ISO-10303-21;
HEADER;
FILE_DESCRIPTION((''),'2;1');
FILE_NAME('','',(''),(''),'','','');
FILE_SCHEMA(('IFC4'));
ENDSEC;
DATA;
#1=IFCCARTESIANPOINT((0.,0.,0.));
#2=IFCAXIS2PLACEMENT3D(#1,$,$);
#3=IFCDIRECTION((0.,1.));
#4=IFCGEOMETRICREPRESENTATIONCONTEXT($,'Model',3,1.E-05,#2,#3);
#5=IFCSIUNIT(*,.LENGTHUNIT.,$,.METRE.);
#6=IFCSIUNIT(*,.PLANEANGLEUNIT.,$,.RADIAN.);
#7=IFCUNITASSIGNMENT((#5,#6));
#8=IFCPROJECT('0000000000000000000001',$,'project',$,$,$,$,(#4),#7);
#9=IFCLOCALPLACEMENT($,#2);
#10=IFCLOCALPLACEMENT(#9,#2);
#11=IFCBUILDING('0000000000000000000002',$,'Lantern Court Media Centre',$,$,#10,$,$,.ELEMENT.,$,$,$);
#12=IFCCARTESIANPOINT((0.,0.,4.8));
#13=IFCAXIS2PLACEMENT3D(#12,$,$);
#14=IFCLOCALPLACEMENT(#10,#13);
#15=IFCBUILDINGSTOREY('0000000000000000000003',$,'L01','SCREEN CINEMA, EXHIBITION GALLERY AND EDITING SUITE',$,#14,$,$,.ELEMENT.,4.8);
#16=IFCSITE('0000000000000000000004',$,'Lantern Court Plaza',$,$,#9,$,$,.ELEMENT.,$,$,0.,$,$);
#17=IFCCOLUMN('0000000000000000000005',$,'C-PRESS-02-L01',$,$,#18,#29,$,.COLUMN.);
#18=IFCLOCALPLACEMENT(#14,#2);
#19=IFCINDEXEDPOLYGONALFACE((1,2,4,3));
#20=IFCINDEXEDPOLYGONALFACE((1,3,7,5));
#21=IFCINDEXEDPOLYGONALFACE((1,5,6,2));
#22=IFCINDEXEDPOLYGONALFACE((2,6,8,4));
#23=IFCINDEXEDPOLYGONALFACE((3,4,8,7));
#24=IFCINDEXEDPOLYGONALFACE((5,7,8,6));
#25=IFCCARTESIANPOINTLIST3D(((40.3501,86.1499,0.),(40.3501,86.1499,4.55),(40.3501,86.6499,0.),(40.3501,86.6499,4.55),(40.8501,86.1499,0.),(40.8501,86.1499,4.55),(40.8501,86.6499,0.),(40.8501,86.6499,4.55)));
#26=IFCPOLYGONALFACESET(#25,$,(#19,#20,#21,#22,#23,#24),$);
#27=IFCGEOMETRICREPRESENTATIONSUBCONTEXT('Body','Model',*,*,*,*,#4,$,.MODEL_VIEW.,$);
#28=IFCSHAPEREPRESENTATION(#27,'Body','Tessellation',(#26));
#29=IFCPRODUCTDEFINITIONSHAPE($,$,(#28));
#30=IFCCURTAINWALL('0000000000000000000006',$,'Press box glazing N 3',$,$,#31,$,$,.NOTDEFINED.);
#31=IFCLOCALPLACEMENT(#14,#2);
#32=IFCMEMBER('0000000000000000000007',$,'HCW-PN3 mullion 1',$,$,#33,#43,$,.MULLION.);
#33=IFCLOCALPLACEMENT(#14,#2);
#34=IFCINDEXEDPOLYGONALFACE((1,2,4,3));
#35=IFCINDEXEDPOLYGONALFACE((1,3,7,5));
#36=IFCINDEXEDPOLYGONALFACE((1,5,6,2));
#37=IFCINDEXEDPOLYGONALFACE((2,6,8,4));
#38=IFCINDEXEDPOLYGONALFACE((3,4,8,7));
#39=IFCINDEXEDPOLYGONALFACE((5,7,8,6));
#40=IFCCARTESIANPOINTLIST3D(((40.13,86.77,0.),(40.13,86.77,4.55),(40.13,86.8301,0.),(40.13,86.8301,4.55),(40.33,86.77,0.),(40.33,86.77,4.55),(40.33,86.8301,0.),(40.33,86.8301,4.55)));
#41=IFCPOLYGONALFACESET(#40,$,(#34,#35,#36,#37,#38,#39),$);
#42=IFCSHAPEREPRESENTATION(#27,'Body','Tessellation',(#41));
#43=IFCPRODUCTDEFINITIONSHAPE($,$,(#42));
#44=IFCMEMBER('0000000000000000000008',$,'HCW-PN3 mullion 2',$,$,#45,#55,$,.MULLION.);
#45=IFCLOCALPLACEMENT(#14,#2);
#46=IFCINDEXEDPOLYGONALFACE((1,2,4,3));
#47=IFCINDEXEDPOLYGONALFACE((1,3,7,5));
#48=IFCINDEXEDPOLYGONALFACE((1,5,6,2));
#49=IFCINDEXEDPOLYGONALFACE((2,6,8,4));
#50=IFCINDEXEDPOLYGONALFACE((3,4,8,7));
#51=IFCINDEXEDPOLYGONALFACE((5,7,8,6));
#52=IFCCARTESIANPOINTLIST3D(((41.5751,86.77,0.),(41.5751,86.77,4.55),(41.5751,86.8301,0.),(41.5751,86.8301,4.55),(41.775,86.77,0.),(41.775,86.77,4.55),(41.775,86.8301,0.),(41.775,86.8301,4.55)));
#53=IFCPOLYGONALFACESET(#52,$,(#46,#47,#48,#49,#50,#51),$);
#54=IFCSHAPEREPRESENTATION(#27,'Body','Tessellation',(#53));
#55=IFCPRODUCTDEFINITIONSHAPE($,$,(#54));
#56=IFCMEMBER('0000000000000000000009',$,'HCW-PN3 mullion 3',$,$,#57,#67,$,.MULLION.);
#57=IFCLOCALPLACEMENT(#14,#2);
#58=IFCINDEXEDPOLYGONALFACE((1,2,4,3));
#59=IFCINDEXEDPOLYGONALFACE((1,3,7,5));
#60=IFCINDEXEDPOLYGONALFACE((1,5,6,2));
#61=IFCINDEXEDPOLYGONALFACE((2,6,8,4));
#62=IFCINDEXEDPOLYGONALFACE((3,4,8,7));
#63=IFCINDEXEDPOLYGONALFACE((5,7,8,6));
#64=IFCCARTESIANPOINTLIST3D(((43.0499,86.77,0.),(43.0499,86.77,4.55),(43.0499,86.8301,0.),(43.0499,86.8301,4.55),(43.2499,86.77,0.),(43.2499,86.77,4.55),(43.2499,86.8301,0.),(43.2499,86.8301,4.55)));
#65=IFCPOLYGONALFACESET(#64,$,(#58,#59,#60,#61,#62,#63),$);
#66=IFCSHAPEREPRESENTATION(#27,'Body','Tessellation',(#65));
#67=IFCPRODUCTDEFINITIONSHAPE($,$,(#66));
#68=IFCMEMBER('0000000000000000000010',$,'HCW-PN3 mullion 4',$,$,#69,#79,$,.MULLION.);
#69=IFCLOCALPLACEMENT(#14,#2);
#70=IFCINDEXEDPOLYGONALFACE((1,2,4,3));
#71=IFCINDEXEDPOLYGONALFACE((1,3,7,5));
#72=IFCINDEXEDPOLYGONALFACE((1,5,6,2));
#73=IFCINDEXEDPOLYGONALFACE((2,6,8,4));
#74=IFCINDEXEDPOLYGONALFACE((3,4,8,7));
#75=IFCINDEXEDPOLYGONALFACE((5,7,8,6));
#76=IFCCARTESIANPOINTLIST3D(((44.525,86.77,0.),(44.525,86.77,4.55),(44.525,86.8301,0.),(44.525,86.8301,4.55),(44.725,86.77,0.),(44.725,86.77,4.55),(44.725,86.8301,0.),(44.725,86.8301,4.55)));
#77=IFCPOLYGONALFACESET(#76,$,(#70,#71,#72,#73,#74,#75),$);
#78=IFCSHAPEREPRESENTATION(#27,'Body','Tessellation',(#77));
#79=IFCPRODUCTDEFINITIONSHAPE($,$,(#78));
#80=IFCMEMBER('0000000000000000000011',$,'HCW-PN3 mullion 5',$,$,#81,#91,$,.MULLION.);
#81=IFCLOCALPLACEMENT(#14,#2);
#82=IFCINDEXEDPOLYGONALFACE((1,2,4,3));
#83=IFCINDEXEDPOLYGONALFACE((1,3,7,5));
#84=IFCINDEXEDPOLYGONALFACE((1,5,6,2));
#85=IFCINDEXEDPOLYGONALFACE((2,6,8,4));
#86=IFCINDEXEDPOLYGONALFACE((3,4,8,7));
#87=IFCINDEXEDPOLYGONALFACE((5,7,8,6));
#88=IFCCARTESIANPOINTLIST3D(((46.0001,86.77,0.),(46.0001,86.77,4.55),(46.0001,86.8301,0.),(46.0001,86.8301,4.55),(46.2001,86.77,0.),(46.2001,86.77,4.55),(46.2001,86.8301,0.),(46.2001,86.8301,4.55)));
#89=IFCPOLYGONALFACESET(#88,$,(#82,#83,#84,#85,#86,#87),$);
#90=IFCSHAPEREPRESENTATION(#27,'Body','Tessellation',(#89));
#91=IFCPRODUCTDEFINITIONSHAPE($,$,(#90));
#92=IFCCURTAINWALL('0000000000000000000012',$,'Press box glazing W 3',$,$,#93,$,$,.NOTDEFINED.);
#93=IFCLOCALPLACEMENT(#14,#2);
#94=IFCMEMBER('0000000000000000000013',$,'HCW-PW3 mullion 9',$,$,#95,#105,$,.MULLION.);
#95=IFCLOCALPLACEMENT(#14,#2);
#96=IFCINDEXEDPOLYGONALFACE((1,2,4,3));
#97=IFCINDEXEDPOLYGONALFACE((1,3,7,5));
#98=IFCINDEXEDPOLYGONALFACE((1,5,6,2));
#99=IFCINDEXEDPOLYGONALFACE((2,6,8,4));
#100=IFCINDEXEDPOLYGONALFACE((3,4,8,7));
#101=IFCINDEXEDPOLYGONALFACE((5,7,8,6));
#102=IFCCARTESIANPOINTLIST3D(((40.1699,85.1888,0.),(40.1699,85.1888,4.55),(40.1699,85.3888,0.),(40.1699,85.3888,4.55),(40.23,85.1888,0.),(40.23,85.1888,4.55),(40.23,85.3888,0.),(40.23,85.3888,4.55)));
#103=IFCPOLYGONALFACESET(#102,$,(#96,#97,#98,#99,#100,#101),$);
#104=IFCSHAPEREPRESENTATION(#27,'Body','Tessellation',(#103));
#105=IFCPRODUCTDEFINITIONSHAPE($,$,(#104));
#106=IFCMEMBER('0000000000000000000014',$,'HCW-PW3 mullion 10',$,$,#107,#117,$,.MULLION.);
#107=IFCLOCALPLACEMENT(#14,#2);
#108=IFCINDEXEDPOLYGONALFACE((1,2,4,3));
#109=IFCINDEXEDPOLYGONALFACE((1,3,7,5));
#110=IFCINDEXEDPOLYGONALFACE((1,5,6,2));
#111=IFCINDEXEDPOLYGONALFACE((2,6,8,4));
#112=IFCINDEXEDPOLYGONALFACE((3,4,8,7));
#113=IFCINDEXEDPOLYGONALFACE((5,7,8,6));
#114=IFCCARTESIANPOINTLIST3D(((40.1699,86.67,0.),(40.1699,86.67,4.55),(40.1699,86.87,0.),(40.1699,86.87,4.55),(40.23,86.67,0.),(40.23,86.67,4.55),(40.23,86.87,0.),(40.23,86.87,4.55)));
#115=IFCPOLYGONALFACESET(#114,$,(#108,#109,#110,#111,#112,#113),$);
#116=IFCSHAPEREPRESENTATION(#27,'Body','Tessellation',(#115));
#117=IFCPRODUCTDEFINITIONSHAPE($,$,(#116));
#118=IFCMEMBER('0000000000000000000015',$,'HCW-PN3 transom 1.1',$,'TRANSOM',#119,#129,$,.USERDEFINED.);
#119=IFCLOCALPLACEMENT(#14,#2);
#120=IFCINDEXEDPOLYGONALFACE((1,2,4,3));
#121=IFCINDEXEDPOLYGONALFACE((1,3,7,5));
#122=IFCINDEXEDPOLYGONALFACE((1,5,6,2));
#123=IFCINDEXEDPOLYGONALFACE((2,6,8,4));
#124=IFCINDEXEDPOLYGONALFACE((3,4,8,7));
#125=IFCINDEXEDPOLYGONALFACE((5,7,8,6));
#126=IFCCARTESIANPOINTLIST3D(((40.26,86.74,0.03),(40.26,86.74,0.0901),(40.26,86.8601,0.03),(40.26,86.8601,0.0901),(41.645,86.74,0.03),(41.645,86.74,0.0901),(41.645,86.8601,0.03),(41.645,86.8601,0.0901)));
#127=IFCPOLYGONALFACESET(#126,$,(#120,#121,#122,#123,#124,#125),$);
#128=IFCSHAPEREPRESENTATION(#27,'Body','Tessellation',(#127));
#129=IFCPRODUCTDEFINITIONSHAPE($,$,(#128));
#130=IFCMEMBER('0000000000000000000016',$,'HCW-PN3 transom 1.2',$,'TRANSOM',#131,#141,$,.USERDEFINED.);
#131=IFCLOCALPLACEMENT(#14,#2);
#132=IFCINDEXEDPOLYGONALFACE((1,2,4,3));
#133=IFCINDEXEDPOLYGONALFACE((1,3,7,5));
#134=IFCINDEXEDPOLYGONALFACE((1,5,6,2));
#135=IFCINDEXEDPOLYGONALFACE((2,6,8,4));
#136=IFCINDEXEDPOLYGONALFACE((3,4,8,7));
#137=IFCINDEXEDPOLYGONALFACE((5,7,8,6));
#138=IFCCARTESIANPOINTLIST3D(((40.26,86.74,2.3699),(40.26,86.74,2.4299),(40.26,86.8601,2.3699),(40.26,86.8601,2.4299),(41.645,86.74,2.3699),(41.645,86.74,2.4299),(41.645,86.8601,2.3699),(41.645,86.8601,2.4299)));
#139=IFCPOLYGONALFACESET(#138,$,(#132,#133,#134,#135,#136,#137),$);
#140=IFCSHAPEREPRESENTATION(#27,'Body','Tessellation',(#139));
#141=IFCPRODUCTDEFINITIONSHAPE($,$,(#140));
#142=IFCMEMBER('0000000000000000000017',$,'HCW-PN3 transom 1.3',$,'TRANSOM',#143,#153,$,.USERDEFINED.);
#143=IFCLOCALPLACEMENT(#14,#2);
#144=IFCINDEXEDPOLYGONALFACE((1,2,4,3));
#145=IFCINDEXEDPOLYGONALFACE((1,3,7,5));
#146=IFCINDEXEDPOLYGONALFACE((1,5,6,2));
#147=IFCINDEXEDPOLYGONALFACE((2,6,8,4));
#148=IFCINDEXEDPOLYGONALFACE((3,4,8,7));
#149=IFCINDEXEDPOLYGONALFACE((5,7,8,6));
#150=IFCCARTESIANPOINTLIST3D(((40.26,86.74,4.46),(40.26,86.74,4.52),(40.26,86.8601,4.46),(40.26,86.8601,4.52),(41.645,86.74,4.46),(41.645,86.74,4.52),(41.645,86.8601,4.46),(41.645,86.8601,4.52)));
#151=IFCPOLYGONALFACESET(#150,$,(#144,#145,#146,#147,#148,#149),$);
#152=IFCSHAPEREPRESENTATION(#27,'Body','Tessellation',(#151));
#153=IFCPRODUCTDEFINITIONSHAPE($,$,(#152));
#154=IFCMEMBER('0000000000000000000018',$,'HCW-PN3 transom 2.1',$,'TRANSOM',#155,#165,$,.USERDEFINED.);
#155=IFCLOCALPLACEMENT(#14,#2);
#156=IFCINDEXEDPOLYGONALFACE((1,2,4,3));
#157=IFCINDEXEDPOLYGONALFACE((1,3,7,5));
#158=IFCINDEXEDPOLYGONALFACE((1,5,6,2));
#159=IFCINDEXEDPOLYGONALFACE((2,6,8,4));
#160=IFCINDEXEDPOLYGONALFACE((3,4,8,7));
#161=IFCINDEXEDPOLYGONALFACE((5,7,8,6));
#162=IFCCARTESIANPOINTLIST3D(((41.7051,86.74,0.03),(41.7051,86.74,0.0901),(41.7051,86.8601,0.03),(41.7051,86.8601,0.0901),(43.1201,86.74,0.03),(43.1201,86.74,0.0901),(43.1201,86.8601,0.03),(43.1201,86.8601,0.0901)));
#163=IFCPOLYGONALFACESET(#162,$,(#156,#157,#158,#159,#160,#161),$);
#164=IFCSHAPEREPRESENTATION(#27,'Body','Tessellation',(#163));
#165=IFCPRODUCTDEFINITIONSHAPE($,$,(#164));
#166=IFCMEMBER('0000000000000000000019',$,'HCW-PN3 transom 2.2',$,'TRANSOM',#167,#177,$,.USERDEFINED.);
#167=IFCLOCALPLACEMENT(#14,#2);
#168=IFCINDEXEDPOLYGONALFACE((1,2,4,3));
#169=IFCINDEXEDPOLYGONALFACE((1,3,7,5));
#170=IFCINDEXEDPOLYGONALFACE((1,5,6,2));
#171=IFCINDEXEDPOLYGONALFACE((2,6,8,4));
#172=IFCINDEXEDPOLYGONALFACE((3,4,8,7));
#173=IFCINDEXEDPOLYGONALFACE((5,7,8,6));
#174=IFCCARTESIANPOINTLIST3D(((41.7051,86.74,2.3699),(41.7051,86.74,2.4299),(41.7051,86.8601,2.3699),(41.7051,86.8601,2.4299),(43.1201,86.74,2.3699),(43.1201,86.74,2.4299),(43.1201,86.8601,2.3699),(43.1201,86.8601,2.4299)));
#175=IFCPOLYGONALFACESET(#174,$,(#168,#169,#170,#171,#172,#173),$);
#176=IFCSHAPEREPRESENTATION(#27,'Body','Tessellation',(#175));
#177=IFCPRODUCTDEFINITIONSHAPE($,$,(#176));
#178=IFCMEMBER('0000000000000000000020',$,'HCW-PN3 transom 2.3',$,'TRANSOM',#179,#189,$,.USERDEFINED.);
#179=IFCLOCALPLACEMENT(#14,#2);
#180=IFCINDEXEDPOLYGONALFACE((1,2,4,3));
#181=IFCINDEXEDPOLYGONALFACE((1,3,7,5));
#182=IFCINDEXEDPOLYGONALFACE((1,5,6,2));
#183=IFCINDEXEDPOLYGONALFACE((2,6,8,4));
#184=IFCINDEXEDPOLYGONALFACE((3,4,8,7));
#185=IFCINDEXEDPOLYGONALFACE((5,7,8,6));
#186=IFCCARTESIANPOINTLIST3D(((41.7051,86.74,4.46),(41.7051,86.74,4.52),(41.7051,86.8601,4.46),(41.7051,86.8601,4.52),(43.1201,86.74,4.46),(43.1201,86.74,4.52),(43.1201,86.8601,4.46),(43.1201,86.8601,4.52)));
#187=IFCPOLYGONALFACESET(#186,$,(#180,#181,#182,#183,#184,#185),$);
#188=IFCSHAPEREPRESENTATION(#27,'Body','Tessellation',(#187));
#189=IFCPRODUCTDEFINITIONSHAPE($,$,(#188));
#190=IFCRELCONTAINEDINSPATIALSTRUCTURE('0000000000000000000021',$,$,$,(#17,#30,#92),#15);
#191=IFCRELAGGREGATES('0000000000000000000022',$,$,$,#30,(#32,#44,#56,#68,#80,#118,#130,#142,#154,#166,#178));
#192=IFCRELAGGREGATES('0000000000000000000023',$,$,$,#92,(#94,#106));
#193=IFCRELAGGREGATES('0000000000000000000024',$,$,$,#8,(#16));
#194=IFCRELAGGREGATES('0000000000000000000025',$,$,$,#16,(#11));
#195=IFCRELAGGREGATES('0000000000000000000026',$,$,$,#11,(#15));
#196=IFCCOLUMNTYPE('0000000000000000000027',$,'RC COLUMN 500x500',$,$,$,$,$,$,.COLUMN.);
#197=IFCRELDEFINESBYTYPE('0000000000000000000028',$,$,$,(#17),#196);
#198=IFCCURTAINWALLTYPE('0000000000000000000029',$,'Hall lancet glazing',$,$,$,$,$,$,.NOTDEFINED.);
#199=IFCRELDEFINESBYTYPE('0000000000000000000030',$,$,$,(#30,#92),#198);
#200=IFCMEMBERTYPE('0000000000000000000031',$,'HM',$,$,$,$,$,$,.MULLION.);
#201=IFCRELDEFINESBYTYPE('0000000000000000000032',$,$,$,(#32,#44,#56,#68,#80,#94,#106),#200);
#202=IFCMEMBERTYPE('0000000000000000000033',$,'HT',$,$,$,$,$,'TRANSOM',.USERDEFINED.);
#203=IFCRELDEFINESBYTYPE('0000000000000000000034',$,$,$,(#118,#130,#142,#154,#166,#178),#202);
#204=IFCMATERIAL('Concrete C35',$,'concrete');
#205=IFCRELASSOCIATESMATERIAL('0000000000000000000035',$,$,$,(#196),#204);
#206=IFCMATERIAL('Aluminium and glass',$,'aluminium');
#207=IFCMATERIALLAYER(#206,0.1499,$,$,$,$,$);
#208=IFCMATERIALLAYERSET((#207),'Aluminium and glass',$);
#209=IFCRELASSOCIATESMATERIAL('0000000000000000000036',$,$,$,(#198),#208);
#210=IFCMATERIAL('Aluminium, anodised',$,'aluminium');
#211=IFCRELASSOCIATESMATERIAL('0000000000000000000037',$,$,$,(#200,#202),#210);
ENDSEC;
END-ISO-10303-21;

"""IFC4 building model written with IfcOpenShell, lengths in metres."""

from ifc_helpers import new_model, si_unit, direction, frame, origin, origin_2d, place, context, subcontext, project, spatial, rectangle, extrude, material, layer, layer_set, material_profile, profile_set, type_object, element, aggregate, save


model = new_model("IFC4")

# Units and contexts
model_context = context("Model", 3, precision=1e-05, world=origin(), true_north=direction((0.0, 1.0)))
body_context = subcontext(model_context, "Body", "Model", "MODEL_VIEW")
ifc_project = project(units=[si_unit("LENGTHUNIT", "METRE"), si_unit("PLANEANGLEUNIT", "RADIAN")], contexts=[model_context])

# Site, building, storey
site_placement = place(None, origin())
site = spatial("IfcSite", under=ifc_project, at=site_placement, Name="Lantern Court Plaza", CompositionType="ELEMENT", RefElevation=0.0)
building_placement = place(site_placement, origin())
building = spatial("IfcBuilding", under=site, at=building_placement, Name="Lantern Court Media Centre", CompositionType="ELEMENT")
storey_placement = place(building_placement, frame((0.0, 0.0, 4.8)))
storey = spatial("IfcBuildingStorey", under=building, at=storey_placement, Name="L01", Description="SCREEN CINEMA, EXHIBITION GALLERY AND EDITING SUITE", CompositionType="ELEMENT", Elevation=4.8)

# Column
ifc_material_1 = material(Name="Concrete C35", Category="concrete")
ifc_material_profile_1 = material_profile(ifc_material_1, rectangle(XDim=0.5, YDim=0.5, at=origin_2d()), Name="RC 500x500")
ifc_profile_set_1 = profile_set([ifc_material_profile_1], Name="Concrete C35")
column_type = type_object("IfcColumnType", Name="RC COLUMN 500x500", PredefinedType="COLUMN", material=ifc_profile_set_1)
column_placement = place(storey_placement, frame((40.6001, 86.3999, 0.0), z_axis=(0.0, 0.0, 1.0), x_axis=(1.0, 0.0, 0.0)))
element("IfcColumn", 1, at=column_placement, inside=storey, type_object=column_type, Name="C-PRESS-02-L01", PredefinedType="COLUMN", context=body_context, shape_type="SweptSolid", body=[
    extrude(rectangle(XDim=0.5, YDim=0.5, at=origin_2d()), origin(), (0.0, 0.0, 1.0), 4.55),
])

# Curtain walls, members
ifc_material_2 = material(Name="Aluminium and glass", Category="aluminium")
ifc_layer_1 = layer(ifc_material_2, 0.1499)
ifc_layer_set_1 = layer_set([ifc_layer_1], Name="Aluminium and glass")
curtain_wall_type = type_object("IfcCurtainWallType", Name="Hall lancet glazing", PredefinedType="NOTDEFINED", material=ifc_layer_set_1)
curtain_wall_1_placement = place(storey_placement, origin())
curtain_wall_1 = element("IfcCurtainWall", 2, at=curtain_wall_1_placement, inside=storey, type_object=curtain_wall_type, Name="Press box glazing N 3", PredefinedType="NOTDEFINED")
ifc_material_3 = material(Name="Aluminium, anodised", Category="aluminium")
ifc_material_profile_2 = material_profile(ifc_material_3, rectangle(XDim=0.0601, YDim=0.2, at=origin_2d()), Name="HM")
ifc_profile_set_2 = profile_set([ifc_material_profile_2], Name="Aluminium, anodised")
member_type_1 = type_object("IfcMemberType", Name="HM", PredefinedType="MULLION", material=ifc_profile_set_2)
member_1_placement = place(storey_placement, frame((40.23, 86.8, 0.0), z_axis=(0.0, 0.0, 1.0), x_axis=(0.0, 1.0, 0.0)))
member_1 = element("IfcMember", 3, at=member_1_placement, type_object=member_type_1, Name="HCW-PN3 mullion 1", PredefinedType="MULLION", context=body_context, shape_type="SweptSolid", body=[
    extrude(rectangle(XDim=0.0601, YDim=0.2, at=origin_2d()), origin(), (0.0, 0.0, 1.0), 4.55),
])
member_2_placement = place(storey_placement, frame((41.675, 86.8, 0.0), z_axis=(0.0, 0.0, 1.0), x_axis=(0.0, 1.0, 0.0)))
member_2 = element("IfcMember", 4, at=member_2_placement, type_object=member_type_1, Name="HCW-PN3 mullion 2", PredefinedType="MULLION", context=body_context, shape_type="SweptSolid", body=[
    extrude(rectangle(XDim=0.0601, YDim=0.2, at=origin_2d()), origin(), (0.0, 0.0, 1.0), 4.55),
])
member_3_placement = place(storey_placement, frame((43.1499, 86.8, 0.0), z_axis=(0.0, 0.0, 1.0), x_axis=(0.0, 1.0, 0.0)))
member_3 = element("IfcMember", 5, at=member_3_placement, type_object=member_type_1, Name="HCW-PN3 mullion 3", PredefinedType="MULLION", context=body_context, shape_type="SweptSolid", body=[
    extrude(rectangle(XDim=0.0601, YDim=0.2, at=origin_2d()), origin(), (0.0, 0.0, 1.0), 4.55),
])
member_4_placement = place(storey_placement, frame((44.625, 86.8, 0.0), z_axis=(0.0, 0.0, 1.0), x_axis=(0.0, 1.0, 0.0)))
member_4 = element("IfcMember", 6, at=member_4_placement, type_object=member_type_1, Name="HCW-PN3 mullion 4", PredefinedType="MULLION", context=body_context, shape_type="SweptSolid", body=[
    extrude(rectangle(XDim=0.0601, YDim=0.2, at=origin_2d()), origin(), (0.0, 0.0, 1.0), 4.55),
])
member_5_placement = place(storey_placement, frame((46.1001, 86.8, 0.0), z_axis=(0.0, 0.0, 1.0), x_axis=(0.0, 1.0, 0.0)))
member_5 = element("IfcMember", 7, at=member_5_placement, type_object=member_type_1, Name="HCW-PN3 mullion 5", PredefinedType="MULLION", context=body_context, shape_type="SweptSolid", body=[
    extrude(rectangle(XDim=0.0601, YDim=0.2, at=origin_2d()), origin(), (0.0, 0.0, 1.0), 4.55),
])
curtain_wall_2_placement = place(storey_placement, origin())
curtain_wall_2 = element("IfcCurtainWall", 8, at=curtain_wall_2_placement, inside=storey, type_object=curtain_wall_type, Name="Press box glazing W 3", PredefinedType="NOTDEFINED")
member_6_placement = place(storey_placement, frame((40.2, 85.2888, 0.0), z_axis=(0.0, 0.0, 1.0), x_axis=(-1.0, 0.0, 0.0)))
member_6 = element("IfcMember", 9, at=member_6_placement, type_object=member_type_1, Name="HCW-PW3 mullion 9", PredefinedType="MULLION", context=body_context, shape_type="SweptSolid", body=[
    extrude(rectangle(XDim=0.0601, YDim=0.2, at=origin_2d()), origin(), (0.0, 0.0, 1.0), 4.55),
])
member_7_placement = place(storey_placement, frame((40.2, 86.77, 0.0), z_axis=(0.0, 0.0, 1.0), x_axis=(-1.0, 0.0, 0.0)))
member_7 = element("IfcMember", 10, at=member_7_placement, type_object=member_type_1, Name="HCW-PW3 mullion 10", PredefinedType="MULLION", context=body_context, shape_type="SweptSolid", body=[
    extrude(rectangle(XDim=0.0601, YDim=0.2, at=origin_2d()), origin(), (0.0, 0.0, 1.0), 4.55),
])

# Members
ifc_material_profile_3 = material_profile(ifc_material_3, rectangle(XDim=0.1201, YDim=0.0601, at=origin_2d()), Name="HT")
ifc_profile_set_3 = profile_set([ifc_material_profile_3], Name="Aluminium, anodised")
member_type_2 = type_object("IfcMemberType", Name="HT", ElementType="TRANSOM", PredefinedType="USERDEFINED", material=ifc_profile_set_3)
member_8_placement = place(storey_placement, frame((40.26, 86.8, 0.0601), z_axis=(1.0, 0.0, 0.0), x_axis=(0.0, 1.0, 0.0)))
member_8 = element("IfcMember", 11, at=member_8_placement, type_object=member_type_2, Name="HCW-PN3 transom 1.1", ObjectType="TRANSOM", PredefinedType="USERDEFINED", context=body_context, shape_type="SweptSolid", body=[
    extrude(rectangle(XDim=0.1201, YDim=0.0601, at=origin_2d()), origin(), (0.0, 0.0, 1.0), 1.385),
])
member_9_placement = place(storey_placement, frame((40.26, 86.8, 2.3999), z_axis=(1.0, 0.0, 0.0), x_axis=(0.0, 1.0, 0.0)))
member_9 = element("IfcMember", 12, at=member_9_placement, type_object=member_type_2, Name="HCW-PN3 transom 1.2", ObjectType="TRANSOM", PredefinedType="USERDEFINED", context=body_context, shape_type="SweptSolid", body=[
    extrude(rectangle(XDim=0.1201, YDim=0.0601, at=origin_2d()), origin(), (0.0, 0.0, 1.0), 1.385),
])
member_10_placement = place(storey_placement, frame((40.26, 86.8, 4.49), z_axis=(1.0, 0.0, 0.0), x_axis=(0.0, 1.0, 0.0)))
member_10 = element("IfcMember", 13, at=member_10_placement, type_object=member_type_2, Name="HCW-PN3 transom 1.3", ObjectType="TRANSOM", PredefinedType="USERDEFINED", context=body_context, shape_type="SweptSolid", body=[
    extrude(rectangle(XDim=0.1201, YDim=0.0601, at=origin_2d()), origin(), (0.0, 0.0, 1.0), 1.385),
])
member_11_placement = place(storey_placement, frame((41.7051, 86.8, 0.0601), z_axis=(1.0, 0.0, 0.0), x_axis=(0.0, 1.0, 0.0)))
member_11 = element("IfcMember", 14, at=member_11_placement, type_object=member_type_2, Name="HCW-PN3 transom 2.1", ObjectType="TRANSOM", PredefinedType="USERDEFINED", context=body_context, shape_type="SweptSolid", body=[
    extrude(rectangle(XDim=0.1201, YDim=0.0601, at=origin_2d()), origin(), (0.0, 0.0, 1.0), 1.415),
])
member_12_placement = place(storey_placement, frame((41.7051, 86.8, 2.3999), z_axis=(1.0, 0.0, 0.0), x_axis=(0.0, 1.0, 0.0)))
member_12 = element("IfcMember", 15, at=member_12_placement, type_object=member_type_2, Name="HCW-PN3 transom 2.2", ObjectType="TRANSOM", PredefinedType="USERDEFINED", context=body_context, shape_type="SweptSolid", body=[
    extrude(rectangle(XDim=0.1201, YDim=0.0601, at=origin_2d()), origin(), (0.0, 0.0, 1.0), 1.415),
])
member_13_placement = place(storey_placement, frame((41.7051, 86.8, 4.49), z_axis=(1.0, 0.0, 0.0), x_axis=(0.0, 1.0, 0.0)))
member_13 = element("IfcMember", 16, at=member_13_placement, type_object=member_type_2, Name="HCW-PN3 transom 2.3", ObjectType="TRANSOM", PredefinedType="USERDEFINED", context=body_context, shape_type="SweptSolid", body=[
    extrude(rectangle(XDim=0.1201, YDim=0.0601, at=origin_2d()), origin(), (0.0, 0.0, 1.0), 1.415),
])

aggregate(curtain_wall_1, [member_1, member_2, member_3, member_4, member_5, member_8, member_9, member_10, member_11, member_12, member_13])
aggregate(curtain_wall_2, [member_6, member_7])

save(model, "model.ifc")
